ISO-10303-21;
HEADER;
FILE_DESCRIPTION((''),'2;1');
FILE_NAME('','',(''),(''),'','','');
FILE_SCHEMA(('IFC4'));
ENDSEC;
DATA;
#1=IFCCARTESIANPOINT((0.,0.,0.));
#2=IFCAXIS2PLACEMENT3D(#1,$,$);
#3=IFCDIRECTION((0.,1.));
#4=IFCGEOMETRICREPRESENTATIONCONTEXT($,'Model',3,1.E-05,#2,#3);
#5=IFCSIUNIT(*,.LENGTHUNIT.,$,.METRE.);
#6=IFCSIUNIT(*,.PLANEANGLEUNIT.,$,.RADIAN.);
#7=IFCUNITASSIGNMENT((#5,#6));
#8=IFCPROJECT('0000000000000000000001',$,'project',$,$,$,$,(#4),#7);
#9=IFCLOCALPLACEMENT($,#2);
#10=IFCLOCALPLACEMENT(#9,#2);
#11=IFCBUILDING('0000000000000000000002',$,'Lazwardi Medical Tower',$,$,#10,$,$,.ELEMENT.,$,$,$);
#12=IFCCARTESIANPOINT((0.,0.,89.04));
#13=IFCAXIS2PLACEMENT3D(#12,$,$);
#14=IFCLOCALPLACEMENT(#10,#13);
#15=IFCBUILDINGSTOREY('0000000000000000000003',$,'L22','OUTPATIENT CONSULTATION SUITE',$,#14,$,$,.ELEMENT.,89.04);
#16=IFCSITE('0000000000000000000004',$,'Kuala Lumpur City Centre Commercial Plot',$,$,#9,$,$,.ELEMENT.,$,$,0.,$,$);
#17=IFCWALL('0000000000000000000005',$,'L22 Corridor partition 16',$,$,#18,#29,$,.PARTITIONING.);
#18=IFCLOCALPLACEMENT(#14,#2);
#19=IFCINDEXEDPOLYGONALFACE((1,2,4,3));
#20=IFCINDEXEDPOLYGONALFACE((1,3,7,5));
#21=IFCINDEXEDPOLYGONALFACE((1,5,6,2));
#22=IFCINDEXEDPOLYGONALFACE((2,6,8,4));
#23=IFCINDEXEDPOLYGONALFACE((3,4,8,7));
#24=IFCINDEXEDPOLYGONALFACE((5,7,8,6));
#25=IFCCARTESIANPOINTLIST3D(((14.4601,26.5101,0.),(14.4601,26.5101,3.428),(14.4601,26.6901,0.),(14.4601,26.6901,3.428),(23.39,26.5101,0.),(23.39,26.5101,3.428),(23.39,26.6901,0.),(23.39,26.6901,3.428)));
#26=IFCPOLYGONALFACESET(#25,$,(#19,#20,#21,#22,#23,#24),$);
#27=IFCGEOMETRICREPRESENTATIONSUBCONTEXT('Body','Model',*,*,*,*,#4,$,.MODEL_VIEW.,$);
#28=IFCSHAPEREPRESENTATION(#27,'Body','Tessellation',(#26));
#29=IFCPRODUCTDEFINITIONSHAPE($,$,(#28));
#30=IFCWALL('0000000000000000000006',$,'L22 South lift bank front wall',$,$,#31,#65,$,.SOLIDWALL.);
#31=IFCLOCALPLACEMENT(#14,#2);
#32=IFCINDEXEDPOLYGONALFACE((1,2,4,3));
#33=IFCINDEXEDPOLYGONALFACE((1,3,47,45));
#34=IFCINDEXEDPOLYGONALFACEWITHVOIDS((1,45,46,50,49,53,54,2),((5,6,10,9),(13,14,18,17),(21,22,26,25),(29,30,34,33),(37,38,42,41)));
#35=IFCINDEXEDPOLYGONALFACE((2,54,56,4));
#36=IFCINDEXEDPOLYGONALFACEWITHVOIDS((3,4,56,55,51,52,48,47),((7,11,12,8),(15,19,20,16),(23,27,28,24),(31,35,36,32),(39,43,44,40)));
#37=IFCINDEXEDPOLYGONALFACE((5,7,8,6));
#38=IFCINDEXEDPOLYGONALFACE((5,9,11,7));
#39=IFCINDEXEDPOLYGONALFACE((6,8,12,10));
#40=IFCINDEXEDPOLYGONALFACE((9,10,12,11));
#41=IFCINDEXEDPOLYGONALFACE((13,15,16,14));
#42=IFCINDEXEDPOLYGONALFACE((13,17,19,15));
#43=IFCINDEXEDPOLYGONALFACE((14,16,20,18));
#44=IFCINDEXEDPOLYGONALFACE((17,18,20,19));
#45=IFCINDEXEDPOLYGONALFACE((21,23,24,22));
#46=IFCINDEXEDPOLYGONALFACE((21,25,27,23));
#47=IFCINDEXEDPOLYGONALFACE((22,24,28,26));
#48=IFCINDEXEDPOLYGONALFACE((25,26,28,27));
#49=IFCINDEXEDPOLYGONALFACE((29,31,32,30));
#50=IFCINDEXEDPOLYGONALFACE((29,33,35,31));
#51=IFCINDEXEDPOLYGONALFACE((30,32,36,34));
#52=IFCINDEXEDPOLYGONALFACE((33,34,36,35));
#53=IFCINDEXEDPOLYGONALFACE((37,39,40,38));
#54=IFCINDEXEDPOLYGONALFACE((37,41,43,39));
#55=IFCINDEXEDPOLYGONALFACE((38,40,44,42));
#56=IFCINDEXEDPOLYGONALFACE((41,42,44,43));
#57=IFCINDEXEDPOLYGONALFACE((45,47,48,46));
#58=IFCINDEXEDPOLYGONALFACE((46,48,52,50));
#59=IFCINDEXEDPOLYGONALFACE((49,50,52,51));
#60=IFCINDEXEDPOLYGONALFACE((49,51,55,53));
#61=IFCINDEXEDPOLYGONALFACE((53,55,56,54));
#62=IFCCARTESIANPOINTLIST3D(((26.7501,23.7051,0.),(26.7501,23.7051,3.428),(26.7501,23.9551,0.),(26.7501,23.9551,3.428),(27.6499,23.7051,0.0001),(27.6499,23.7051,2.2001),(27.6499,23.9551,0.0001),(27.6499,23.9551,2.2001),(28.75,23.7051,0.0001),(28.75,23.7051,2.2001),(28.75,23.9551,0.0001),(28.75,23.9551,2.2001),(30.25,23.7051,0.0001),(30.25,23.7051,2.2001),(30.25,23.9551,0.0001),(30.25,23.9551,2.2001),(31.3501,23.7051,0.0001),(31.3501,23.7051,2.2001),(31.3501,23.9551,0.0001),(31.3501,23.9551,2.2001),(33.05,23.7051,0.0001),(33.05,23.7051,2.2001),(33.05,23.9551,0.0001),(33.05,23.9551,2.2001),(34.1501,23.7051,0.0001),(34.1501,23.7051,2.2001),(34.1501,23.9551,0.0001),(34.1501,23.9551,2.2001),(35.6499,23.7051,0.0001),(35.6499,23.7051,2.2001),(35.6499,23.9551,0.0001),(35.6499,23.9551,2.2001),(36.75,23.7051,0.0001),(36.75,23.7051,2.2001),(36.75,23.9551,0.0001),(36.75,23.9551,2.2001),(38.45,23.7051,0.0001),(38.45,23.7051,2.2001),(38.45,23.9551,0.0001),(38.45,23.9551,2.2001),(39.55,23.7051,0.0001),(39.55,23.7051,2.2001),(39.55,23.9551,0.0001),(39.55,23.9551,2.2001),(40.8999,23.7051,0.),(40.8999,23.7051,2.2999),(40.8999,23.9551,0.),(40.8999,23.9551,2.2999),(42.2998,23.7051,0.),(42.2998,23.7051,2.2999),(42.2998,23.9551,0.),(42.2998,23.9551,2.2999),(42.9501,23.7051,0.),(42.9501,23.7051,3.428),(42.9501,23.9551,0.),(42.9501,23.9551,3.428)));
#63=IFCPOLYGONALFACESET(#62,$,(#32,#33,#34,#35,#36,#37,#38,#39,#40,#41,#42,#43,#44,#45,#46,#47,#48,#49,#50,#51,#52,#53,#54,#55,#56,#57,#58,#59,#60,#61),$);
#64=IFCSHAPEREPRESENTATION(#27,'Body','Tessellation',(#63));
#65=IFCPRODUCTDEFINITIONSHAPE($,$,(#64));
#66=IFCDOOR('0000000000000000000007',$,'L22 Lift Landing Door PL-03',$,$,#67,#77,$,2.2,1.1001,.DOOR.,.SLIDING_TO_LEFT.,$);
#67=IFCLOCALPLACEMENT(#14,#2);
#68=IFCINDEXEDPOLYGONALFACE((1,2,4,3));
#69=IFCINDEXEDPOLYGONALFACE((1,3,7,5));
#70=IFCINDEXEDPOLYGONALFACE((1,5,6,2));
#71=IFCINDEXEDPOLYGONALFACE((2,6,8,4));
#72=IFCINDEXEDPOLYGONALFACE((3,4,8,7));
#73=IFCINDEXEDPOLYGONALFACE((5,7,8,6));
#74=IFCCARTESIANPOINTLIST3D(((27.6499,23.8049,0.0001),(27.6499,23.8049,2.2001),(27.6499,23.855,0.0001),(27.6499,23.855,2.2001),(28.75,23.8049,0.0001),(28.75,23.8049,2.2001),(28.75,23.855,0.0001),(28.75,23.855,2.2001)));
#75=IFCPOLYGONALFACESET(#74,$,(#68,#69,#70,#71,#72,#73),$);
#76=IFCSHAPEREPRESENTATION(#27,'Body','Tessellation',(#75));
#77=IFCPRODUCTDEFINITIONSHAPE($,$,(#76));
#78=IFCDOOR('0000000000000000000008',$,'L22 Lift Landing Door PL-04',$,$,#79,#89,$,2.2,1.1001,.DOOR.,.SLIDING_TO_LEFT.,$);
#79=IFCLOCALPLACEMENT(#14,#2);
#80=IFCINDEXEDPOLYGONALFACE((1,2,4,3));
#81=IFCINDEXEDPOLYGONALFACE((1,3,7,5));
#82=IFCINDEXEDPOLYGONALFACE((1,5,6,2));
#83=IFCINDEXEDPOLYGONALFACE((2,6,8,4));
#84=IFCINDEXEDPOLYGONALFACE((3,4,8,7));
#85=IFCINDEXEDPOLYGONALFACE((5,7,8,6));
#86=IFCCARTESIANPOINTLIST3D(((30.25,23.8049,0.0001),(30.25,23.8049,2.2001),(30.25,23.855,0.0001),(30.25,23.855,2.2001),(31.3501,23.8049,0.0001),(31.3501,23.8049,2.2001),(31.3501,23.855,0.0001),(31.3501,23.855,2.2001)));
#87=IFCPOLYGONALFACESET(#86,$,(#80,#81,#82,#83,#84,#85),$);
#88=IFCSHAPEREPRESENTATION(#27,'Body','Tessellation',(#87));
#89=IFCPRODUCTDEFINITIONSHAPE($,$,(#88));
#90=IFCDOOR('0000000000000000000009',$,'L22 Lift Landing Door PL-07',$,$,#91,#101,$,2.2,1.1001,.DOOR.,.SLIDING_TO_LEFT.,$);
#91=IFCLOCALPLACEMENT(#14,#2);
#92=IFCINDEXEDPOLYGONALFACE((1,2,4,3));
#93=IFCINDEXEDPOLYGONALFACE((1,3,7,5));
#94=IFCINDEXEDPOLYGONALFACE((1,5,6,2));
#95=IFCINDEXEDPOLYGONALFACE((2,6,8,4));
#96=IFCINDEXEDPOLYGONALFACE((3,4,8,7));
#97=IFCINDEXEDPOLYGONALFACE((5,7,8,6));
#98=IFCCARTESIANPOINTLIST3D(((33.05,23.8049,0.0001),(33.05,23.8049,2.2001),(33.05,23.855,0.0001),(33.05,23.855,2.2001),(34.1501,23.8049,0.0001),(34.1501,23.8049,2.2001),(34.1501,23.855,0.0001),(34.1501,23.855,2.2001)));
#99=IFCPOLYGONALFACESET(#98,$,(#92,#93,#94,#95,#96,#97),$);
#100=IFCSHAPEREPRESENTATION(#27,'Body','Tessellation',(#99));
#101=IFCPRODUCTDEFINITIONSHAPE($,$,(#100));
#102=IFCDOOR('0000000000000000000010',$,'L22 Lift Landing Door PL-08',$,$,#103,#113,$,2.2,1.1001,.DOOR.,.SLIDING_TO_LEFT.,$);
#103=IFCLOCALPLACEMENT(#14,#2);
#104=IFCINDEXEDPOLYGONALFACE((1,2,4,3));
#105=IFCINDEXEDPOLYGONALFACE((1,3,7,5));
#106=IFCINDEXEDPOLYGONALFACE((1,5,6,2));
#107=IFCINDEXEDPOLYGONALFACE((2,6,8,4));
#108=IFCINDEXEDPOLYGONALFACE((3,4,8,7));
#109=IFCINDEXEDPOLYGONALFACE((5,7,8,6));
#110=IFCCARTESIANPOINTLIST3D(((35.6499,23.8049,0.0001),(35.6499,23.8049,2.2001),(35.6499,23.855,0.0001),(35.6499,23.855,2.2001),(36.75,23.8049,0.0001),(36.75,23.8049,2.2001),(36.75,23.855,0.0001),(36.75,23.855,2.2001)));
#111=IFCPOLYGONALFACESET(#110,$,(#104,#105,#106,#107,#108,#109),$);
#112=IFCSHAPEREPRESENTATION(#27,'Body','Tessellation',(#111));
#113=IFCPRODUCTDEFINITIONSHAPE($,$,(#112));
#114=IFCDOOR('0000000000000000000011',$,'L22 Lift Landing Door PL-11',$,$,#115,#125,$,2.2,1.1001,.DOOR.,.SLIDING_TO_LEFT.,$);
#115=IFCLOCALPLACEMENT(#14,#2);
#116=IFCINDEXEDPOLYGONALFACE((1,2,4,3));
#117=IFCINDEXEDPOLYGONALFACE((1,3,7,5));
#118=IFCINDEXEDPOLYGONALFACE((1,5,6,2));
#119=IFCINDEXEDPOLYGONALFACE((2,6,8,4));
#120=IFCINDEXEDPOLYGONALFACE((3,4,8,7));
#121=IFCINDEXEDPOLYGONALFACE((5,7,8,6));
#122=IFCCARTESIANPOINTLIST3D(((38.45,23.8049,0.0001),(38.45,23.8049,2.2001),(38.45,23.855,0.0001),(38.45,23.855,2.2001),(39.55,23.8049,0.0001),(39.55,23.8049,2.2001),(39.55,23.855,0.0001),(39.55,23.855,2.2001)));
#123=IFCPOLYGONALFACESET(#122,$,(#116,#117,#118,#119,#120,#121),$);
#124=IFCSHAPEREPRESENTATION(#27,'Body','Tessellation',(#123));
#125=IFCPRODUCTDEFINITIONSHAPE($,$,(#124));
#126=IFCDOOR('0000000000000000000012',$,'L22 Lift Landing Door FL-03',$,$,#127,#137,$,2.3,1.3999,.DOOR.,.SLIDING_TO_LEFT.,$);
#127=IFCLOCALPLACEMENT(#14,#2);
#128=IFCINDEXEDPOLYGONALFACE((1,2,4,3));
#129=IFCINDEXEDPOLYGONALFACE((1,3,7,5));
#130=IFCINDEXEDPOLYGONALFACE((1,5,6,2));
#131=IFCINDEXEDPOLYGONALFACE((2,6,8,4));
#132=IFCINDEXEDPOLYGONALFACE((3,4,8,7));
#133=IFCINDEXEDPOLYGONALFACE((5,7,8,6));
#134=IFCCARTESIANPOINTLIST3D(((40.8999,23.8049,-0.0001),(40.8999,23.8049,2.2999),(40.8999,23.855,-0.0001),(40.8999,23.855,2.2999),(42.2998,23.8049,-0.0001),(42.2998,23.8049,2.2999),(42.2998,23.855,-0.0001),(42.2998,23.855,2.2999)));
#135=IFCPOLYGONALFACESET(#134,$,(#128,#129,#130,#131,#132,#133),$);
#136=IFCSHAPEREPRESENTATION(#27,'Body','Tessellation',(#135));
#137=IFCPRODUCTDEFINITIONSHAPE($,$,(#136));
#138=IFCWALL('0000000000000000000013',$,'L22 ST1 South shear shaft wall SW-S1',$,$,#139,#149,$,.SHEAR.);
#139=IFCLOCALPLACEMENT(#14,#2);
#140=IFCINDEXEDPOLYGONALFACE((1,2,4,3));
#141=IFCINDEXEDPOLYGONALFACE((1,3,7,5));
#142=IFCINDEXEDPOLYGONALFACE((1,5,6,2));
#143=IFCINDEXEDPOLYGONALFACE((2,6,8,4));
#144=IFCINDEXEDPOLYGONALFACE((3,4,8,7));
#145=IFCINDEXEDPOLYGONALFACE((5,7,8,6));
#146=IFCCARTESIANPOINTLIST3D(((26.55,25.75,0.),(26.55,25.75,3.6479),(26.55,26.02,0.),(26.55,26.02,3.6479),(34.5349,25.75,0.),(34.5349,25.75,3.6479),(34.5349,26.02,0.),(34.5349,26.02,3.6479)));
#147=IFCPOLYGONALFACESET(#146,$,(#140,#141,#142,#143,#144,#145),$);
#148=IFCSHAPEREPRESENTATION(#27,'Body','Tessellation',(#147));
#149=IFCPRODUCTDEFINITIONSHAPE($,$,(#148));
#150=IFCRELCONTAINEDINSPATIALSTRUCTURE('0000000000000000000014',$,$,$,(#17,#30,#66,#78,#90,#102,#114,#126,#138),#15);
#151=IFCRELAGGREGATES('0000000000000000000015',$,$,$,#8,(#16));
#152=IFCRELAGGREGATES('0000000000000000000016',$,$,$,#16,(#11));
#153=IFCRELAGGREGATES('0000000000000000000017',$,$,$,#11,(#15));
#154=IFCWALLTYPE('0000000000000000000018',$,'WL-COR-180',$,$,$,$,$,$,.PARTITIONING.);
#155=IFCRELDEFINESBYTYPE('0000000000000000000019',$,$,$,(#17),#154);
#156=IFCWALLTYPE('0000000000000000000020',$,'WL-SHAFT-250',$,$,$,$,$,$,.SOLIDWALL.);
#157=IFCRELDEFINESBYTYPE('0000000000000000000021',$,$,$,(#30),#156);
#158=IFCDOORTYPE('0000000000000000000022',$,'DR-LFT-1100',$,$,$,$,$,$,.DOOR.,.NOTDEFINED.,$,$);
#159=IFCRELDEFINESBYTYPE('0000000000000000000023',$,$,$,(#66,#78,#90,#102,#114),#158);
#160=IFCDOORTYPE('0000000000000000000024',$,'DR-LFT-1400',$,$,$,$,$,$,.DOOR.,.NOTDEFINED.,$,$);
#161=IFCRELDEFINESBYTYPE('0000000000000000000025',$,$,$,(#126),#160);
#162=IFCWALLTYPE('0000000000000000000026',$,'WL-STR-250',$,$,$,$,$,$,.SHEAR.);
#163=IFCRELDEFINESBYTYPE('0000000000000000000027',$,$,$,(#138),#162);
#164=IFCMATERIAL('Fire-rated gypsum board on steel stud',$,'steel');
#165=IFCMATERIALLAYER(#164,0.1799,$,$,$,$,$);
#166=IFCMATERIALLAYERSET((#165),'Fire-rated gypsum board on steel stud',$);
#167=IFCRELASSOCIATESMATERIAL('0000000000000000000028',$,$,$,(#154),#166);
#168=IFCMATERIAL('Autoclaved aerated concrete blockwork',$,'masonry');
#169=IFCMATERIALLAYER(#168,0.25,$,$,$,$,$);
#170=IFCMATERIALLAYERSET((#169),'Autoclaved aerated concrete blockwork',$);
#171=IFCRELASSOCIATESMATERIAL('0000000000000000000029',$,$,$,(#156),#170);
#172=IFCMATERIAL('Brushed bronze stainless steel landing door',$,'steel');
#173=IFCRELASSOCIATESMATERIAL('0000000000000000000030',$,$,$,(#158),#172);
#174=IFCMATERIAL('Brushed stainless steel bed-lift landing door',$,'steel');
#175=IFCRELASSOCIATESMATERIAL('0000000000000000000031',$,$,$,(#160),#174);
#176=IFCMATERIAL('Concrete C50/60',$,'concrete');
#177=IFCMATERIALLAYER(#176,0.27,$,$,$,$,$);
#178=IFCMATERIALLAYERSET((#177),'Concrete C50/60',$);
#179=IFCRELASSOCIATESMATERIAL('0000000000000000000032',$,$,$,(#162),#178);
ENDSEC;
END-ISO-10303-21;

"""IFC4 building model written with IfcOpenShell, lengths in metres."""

from ifc_helpers import new_model, si_unit, direction, frame, frame_2d, origin, place, context, subcontext, project, spatial, rectangle, extrude, material, layer, layer_set, type_object, element, fill, save


model = new_model("IFC4")

# Units and contexts
model_context = context("Model", 3, precision=1e-05, world=origin(), true_north=direction((0.0, 1.0)))
body_context = subcontext(model_context, "Body", "Model", "MODEL_VIEW")
ifc_project = project(units=[si_unit("LENGTHUNIT", "METRE"), si_unit("PLANEANGLEUNIT", "RADIAN")], contexts=[model_context])

# Site, building, storey
site_placement = place(None, origin())
site = spatial("IfcSite", under=ifc_project, at=site_placement, Name="Kuala Lumpur City Centre Commercial Plot", CompositionType="ELEMENT", RefElevation=0.0)
building_placement = place(site_placement, origin())
building = spatial("IfcBuilding", under=site, at=building_placement, Name="Lazwardi Medical Tower", CompositionType="ELEMENT")
storey_placement = place(building_placement, frame((0.0, 0.0, 89.04)))
storey = spatial("IfcBuildingStorey", under=building, at=storey_placement, Name="L22", Description="OUTPATIENT CONSULTATION SUITE", CompositionType="ELEMENT", Elevation=89.04)

# Wall
ifc_material_1 = material(Name="Fire-rated gypsum board on steel stud", Category="steel")
ifc_layer_1 = layer(ifc_material_1, 0.1799)
ifc_layer_set_1 = layer_set([ifc_layer_1], Name="Fire-rated gypsum board on steel stud")
wall_type_1 = type_object("IfcWallType", Name="WL-COR-180", PredefinedType="PARTITIONING", material=ifc_layer_set_1)
wall_1_placement = place(storey_placement, frame((23.3899, 26.6001, 0.0), z_axis=(0.0, 0.0, 1.0), x_axis=(-1.0, 0.0, 0.0)))
element("IfcWall", 1, at=wall_1_placement, inside=storey, type_object=wall_type_1, Name="L22 Corridor partition 16", PredefinedType="PARTITIONING", context=body_context, shape_type="SweptSolid", body=[
    extrude(rectangle(XDim=8.9299, YDim=0.1799, at=frame_2d((4.4648, 0.0))), origin(), (0.0, 0.0, 1.0), 3.428),
])

# Wall, openings, doors
ifc_material_2 = material(Name="Autoclaved aerated concrete blockwork", Category="masonry")
ifc_layer_2 = layer(ifc_material_2, 0.25)
ifc_layer_set_2 = layer_set([ifc_layer_2], Name="Autoclaved aerated concrete blockwork")
wall_type_2 = type_object("IfcWallType", Name="WL-SHAFT-250", PredefinedType="SOLIDWALL", material=ifc_layer_set_2)
wall_2_placement = place(storey_placement, frame((26.75, 23.8301, 0.0), z_axis=(0.0, 0.0, 1.0), x_axis=(1.0, 0.0, 0.0)))
wall_2 = element("IfcWall", 2, at=wall_2_placement, inside=storey, type_object=wall_type_2, Name="L22 South lift bank front wall", PredefinedType="SOLIDWALL", context=body_context, shape_type="SweptSolid", body=[
    extrude(rectangle(XDim=16.2, YDim=0.25, at=frame_2d((8.1001, 0.0))), origin(), (0.0, 0.0, 1.0), 3.428),
])
opening_1_placement = place(wall_2_placement, frame((0.8999, 0.0, 0.0)))
opening_1 = element("IfcOpeningElement", 3, at=opening_1_placement, cuts=wall_2, PredefinedType="OPENING", context=body_context, shape_type="SweptSolid", body=[
    extrude(rectangle(XDim=1.1001, YDim=2.2, at=frame_2d((0.55, 1.1001))), frame((0.0, 0.135, 0.0), z_axis=(0.0, -1.0, 0.0), x_axis=(1.0, 0.0, 0.0)), (0.0, 0.0, 1.0), 0.27),
])
opening_2_placement = place(wall_2_placement, frame((3.5, 0.0, 0.0)))
opening_2 = element("IfcOpeningElement", 4, at=opening_2_placement, cuts=wall_2, PredefinedType="OPENING", context=body_context, shape_type="SweptSolid", body=[
    extrude(rectangle(XDim=1.1001, YDim=2.2, at=frame_2d((0.55, 1.1001))), frame((0.0, 0.135, 0.0), z_axis=(0.0, -1.0, 0.0), x_axis=(1.0, 0.0, 0.0)), (0.0, 0.0, 1.0), 0.27),
])
opening_3_placement = place(wall_2_placement, frame((6.3, 0.0, 0.0)))
opening_3 = element("IfcOpeningElement", 5, at=opening_3_placement, cuts=wall_2, PredefinedType="OPENING", context=body_context, shape_type="SweptSolid", body=[
    extrude(rectangle(XDim=1.1001, YDim=2.2, at=frame_2d((0.55, 1.1001))), frame((0.0, 0.135, 0.0), z_axis=(0.0, -1.0, 0.0), x_axis=(1.0, 0.0, 0.0)), (0.0, 0.0, 1.0), 0.27),
])
opening_4_placement = place(wall_2_placement, frame((8.8999, 0.0, 0.0)))
opening_4 = element("IfcOpeningElement", 6, at=opening_4_placement, cuts=wall_2, PredefinedType="OPENING", context=body_context, shape_type="SweptSolid", body=[
    extrude(rectangle(XDim=1.1001, YDim=2.2, at=frame_2d((0.55, 1.1001))), frame((0.0, 0.135, 0.0), z_axis=(0.0, -1.0, 0.0), x_axis=(1.0, 0.0, 0.0)), (0.0, 0.0, 1.0), 0.27),
])
opening_5_placement = place(wall_2_placement, frame((11.7, 0.0, 0.0)))
opening_5 = element("IfcOpeningElement", 7, at=opening_5_placement, cuts=wall_2, PredefinedType="OPENING", context=body_context, shape_type="SweptSolid", body=[
    extrude(rectangle(XDim=1.1001, YDim=2.2, at=frame_2d((0.55, 1.1001))), frame((0.0, 0.135, 0.0), z_axis=(0.0, -1.0, 0.0), x_axis=(1.0, 0.0, 0.0)), (0.0, 0.0, 1.0), 0.27),
])
opening_6_placement = place(wall_2_placement, frame((14.1499, 0.0, 0.0)))
opening_6 = element("IfcOpeningElement", 8, at=opening_6_placement, cuts=wall_2, PredefinedType="OPENING", context=body_context, shape_type="SweptSolid", body=[
    extrude(rectangle(XDim=1.3999, YDim=2.3, at=frame_2d((0.7, 1.1499))), frame((0.0, 0.135, 0.0), z_axis=(0.0, -1.0, 0.0), x_axis=(1.0, 0.0, 0.0)), (0.0, 0.0, 1.0), 0.27),
])
ifc_material_3 = material(Name="Brushed bronze stainless steel landing door", Category="steel")
door_type_1 = type_object("IfcDoorType", Name="DR-LFT-1100", OperationType="NOTDEFINED", PredefinedType="DOOR", material=ifc_material_3)
door_1_placement = place(opening_1_placement, origin())
door_1 = element("IfcDoor", 9, at=door_1_placement, inside=storey, type_object=door_type_1, Name="L22 Lift Landing Door PL-03", OperationType="SLIDING_TO_LEFT", OverallHeight=2.2, OverallWidth=1.1001, PredefinedType="DOOR", context=body_context, shape_type="SweptSolid", body=[
    extrude(rectangle(XDim=1.1001, YDim=2.2, at=frame_2d((0.55, 1.1001))), frame((0.0, 0.0249, 0.0), z_axis=(0.0, -1.0, 0.0), x_axis=(1.0, 0.0, 0.0)), (0.0, 0.0, 1.0), 0.05),
])
fill(opening_1, door_1)
door_2_placement = place(opening_2_placement, origin())
door_2 = element("IfcDoor", 10, at=door_2_placement, inside=storey, type_object=door_type_1, Name="L22 Lift Landing Door PL-04", OperationType="SLIDING_TO_LEFT", OverallHeight=2.2, OverallWidth=1.1001, PredefinedType="DOOR", context=body_context, shape_type="SweptSolid", body=[
    extrude(rectangle(XDim=1.1001, YDim=2.2, at=frame_2d((0.55, 1.1001))), frame((0.0, 0.0249, 0.0), z_axis=(0.0, -1.0, 0.0), x_axis=(1.0, 0.0, 0.0)), (0.0, 0.0, 1.0), 0.05),
])
fill(opening_2, door_2)
door_3_placement = place(opening_3_placement, origin())
door_3 = element("IfcDoor", 11, at=door_3_placement, inside=storey, type_object=door_type_1, Name="L22 Lift Landing Door PL-07", OperationType="SLIDING_TO_LEFT", OverallHeight=2.2, OverallWidth=1.1001, PredefinedType="DOOR", context=body_context, shape_type="SweptSolid", body=[
    extrude(rectangle(XDim=1.1001, YDim=2.2, at=frame_2d((0.55, 1.1001))), frame((0.0, 0.0249, 0.0), z_axis=(0.0, -1.0, 0.0), x_axis=(1.0, 0.0, 0.0)), (0.0, 0.0, 1.0), 0.05),
])
fill(opening_3, door_3)
door_4_placement = place(opening_4_placement, origin())
door_4 = element("IfcDoor", 12, at=door_4_placement, inside=storey, type_object=door_type_1, Name="L22 Lift Landing Door PL-08", OperationType="SLIDING_TO_LEFT", OverallHeight=2.2, OverallWidth=1.1001, PredefinedType="DOOR", context=body_context, shape_type="SweptSolid", body=[
    extrude(rectangle(XDim=1.1001, YDim=2.2, at=frame_2d((0.55, 1.1001))), frame((0.0, 0.0249, 0.0), z_axis=(0.0, -1.0, 0.0), x_axis=(1.0, 0.0, 0.0)), (0.0, 0.0, 1.0), 0.05),
])
fill(opening_4, door_4)
door_5_placement = place(opening_5_placement, origin())
door_5 = element("IfcDoor", 13, at=door_5_placement, inside=storey, type_object=door_type_1, Name="L22 Lift Landing Door PL-11", OperationType="SLIDING_TO_LEFT", OverallHeight=2.2, OverallWidth=1.1001, PredefinedType="DOOR", context=body_context, shape_type="SweptSolid", body=[
    extrude(rectangle(XDim=1.1001, YDim=2.2, at=frame_2d((0.55, 1.1001))), frame((0.0, 0.0249, 0.0), z_axis=(0.0, -1.0, 0.0), x_axis=(1.0, 0.0, 0.0)), (0.0, 0.0, 1.0), 0.05),
])
fill(opening_5, door_5)
ifc_material_4 = material(Name="Brushed stainless steel bed-lift landing door", Category="steel")
door_type_2 = type_object("IfcDoorType", Name="DR-LFT-1400", OperationType="NOTDEFINED", PredefinedType="DOOR", material=ifc_material_4)
door_6_placement = place(opening_6_placement, origin())
door_6 = element("IfcDoor", 14, at=door_6_placement, inside=storey, type_object=door_type_2, Name="L22 Lift Landing Door FL-03", OperationType="SLIDING_TO_LEFT", OverallHeight=2.3, OverallWidth=1.3999, PredefinedType="DOOR", context=body_context, shape_type="SweptSolid", body=[
    extrude(rectangle(XDim=1.3999, YDim=2.3, at=frame_2d((0.7, 1.1499))), frame((0.0, 0.0249, 0.0), z_axis=(0.0, -1.0, 0.0), x_axis=(1.0, 0.0, 0.0)), (0.0, 0.0, 1.0), 0.05),
])
fill(opening_6, door_6)

# Wall
ifc_material_5 = material(Name="Concrete C50/60", Category="concrete")
ifc_layer_3 = layer(ifc_material_5, 0.27)
ifc_layer_set_3 = layer_set([ifc_layer_3], Name="Concrete C50/60")
wall_type_3 = type_object("IfcWallType", Name="WL-STR-250", PredefinedType="SHEAR", material=ifc_layer_set_3)
wall_3_placement = place(storey_placement, frame((26.55, 25.885, 0.0), z_axis=(0.0, 0.0, 1.0), x_axis=(1.0, 0.0, 0.0)))
element("IfcWall", 15, at=wall_3_placement, inside=storey, type_object=wall_type_3, Name="L22 ST1 South shear shaft wall SW-S1", PredefinedType="SHEAR", context=body_context, shape_type="SweptSolid", body=[
    extrude(rectangle(XDim=7.9849, YDim=0.27, at=frame_2d((3.9924, 0.0))), origin(), (0.0, 0.0, 1.0), 3.6479),
])

save(model, "model.ifc")
